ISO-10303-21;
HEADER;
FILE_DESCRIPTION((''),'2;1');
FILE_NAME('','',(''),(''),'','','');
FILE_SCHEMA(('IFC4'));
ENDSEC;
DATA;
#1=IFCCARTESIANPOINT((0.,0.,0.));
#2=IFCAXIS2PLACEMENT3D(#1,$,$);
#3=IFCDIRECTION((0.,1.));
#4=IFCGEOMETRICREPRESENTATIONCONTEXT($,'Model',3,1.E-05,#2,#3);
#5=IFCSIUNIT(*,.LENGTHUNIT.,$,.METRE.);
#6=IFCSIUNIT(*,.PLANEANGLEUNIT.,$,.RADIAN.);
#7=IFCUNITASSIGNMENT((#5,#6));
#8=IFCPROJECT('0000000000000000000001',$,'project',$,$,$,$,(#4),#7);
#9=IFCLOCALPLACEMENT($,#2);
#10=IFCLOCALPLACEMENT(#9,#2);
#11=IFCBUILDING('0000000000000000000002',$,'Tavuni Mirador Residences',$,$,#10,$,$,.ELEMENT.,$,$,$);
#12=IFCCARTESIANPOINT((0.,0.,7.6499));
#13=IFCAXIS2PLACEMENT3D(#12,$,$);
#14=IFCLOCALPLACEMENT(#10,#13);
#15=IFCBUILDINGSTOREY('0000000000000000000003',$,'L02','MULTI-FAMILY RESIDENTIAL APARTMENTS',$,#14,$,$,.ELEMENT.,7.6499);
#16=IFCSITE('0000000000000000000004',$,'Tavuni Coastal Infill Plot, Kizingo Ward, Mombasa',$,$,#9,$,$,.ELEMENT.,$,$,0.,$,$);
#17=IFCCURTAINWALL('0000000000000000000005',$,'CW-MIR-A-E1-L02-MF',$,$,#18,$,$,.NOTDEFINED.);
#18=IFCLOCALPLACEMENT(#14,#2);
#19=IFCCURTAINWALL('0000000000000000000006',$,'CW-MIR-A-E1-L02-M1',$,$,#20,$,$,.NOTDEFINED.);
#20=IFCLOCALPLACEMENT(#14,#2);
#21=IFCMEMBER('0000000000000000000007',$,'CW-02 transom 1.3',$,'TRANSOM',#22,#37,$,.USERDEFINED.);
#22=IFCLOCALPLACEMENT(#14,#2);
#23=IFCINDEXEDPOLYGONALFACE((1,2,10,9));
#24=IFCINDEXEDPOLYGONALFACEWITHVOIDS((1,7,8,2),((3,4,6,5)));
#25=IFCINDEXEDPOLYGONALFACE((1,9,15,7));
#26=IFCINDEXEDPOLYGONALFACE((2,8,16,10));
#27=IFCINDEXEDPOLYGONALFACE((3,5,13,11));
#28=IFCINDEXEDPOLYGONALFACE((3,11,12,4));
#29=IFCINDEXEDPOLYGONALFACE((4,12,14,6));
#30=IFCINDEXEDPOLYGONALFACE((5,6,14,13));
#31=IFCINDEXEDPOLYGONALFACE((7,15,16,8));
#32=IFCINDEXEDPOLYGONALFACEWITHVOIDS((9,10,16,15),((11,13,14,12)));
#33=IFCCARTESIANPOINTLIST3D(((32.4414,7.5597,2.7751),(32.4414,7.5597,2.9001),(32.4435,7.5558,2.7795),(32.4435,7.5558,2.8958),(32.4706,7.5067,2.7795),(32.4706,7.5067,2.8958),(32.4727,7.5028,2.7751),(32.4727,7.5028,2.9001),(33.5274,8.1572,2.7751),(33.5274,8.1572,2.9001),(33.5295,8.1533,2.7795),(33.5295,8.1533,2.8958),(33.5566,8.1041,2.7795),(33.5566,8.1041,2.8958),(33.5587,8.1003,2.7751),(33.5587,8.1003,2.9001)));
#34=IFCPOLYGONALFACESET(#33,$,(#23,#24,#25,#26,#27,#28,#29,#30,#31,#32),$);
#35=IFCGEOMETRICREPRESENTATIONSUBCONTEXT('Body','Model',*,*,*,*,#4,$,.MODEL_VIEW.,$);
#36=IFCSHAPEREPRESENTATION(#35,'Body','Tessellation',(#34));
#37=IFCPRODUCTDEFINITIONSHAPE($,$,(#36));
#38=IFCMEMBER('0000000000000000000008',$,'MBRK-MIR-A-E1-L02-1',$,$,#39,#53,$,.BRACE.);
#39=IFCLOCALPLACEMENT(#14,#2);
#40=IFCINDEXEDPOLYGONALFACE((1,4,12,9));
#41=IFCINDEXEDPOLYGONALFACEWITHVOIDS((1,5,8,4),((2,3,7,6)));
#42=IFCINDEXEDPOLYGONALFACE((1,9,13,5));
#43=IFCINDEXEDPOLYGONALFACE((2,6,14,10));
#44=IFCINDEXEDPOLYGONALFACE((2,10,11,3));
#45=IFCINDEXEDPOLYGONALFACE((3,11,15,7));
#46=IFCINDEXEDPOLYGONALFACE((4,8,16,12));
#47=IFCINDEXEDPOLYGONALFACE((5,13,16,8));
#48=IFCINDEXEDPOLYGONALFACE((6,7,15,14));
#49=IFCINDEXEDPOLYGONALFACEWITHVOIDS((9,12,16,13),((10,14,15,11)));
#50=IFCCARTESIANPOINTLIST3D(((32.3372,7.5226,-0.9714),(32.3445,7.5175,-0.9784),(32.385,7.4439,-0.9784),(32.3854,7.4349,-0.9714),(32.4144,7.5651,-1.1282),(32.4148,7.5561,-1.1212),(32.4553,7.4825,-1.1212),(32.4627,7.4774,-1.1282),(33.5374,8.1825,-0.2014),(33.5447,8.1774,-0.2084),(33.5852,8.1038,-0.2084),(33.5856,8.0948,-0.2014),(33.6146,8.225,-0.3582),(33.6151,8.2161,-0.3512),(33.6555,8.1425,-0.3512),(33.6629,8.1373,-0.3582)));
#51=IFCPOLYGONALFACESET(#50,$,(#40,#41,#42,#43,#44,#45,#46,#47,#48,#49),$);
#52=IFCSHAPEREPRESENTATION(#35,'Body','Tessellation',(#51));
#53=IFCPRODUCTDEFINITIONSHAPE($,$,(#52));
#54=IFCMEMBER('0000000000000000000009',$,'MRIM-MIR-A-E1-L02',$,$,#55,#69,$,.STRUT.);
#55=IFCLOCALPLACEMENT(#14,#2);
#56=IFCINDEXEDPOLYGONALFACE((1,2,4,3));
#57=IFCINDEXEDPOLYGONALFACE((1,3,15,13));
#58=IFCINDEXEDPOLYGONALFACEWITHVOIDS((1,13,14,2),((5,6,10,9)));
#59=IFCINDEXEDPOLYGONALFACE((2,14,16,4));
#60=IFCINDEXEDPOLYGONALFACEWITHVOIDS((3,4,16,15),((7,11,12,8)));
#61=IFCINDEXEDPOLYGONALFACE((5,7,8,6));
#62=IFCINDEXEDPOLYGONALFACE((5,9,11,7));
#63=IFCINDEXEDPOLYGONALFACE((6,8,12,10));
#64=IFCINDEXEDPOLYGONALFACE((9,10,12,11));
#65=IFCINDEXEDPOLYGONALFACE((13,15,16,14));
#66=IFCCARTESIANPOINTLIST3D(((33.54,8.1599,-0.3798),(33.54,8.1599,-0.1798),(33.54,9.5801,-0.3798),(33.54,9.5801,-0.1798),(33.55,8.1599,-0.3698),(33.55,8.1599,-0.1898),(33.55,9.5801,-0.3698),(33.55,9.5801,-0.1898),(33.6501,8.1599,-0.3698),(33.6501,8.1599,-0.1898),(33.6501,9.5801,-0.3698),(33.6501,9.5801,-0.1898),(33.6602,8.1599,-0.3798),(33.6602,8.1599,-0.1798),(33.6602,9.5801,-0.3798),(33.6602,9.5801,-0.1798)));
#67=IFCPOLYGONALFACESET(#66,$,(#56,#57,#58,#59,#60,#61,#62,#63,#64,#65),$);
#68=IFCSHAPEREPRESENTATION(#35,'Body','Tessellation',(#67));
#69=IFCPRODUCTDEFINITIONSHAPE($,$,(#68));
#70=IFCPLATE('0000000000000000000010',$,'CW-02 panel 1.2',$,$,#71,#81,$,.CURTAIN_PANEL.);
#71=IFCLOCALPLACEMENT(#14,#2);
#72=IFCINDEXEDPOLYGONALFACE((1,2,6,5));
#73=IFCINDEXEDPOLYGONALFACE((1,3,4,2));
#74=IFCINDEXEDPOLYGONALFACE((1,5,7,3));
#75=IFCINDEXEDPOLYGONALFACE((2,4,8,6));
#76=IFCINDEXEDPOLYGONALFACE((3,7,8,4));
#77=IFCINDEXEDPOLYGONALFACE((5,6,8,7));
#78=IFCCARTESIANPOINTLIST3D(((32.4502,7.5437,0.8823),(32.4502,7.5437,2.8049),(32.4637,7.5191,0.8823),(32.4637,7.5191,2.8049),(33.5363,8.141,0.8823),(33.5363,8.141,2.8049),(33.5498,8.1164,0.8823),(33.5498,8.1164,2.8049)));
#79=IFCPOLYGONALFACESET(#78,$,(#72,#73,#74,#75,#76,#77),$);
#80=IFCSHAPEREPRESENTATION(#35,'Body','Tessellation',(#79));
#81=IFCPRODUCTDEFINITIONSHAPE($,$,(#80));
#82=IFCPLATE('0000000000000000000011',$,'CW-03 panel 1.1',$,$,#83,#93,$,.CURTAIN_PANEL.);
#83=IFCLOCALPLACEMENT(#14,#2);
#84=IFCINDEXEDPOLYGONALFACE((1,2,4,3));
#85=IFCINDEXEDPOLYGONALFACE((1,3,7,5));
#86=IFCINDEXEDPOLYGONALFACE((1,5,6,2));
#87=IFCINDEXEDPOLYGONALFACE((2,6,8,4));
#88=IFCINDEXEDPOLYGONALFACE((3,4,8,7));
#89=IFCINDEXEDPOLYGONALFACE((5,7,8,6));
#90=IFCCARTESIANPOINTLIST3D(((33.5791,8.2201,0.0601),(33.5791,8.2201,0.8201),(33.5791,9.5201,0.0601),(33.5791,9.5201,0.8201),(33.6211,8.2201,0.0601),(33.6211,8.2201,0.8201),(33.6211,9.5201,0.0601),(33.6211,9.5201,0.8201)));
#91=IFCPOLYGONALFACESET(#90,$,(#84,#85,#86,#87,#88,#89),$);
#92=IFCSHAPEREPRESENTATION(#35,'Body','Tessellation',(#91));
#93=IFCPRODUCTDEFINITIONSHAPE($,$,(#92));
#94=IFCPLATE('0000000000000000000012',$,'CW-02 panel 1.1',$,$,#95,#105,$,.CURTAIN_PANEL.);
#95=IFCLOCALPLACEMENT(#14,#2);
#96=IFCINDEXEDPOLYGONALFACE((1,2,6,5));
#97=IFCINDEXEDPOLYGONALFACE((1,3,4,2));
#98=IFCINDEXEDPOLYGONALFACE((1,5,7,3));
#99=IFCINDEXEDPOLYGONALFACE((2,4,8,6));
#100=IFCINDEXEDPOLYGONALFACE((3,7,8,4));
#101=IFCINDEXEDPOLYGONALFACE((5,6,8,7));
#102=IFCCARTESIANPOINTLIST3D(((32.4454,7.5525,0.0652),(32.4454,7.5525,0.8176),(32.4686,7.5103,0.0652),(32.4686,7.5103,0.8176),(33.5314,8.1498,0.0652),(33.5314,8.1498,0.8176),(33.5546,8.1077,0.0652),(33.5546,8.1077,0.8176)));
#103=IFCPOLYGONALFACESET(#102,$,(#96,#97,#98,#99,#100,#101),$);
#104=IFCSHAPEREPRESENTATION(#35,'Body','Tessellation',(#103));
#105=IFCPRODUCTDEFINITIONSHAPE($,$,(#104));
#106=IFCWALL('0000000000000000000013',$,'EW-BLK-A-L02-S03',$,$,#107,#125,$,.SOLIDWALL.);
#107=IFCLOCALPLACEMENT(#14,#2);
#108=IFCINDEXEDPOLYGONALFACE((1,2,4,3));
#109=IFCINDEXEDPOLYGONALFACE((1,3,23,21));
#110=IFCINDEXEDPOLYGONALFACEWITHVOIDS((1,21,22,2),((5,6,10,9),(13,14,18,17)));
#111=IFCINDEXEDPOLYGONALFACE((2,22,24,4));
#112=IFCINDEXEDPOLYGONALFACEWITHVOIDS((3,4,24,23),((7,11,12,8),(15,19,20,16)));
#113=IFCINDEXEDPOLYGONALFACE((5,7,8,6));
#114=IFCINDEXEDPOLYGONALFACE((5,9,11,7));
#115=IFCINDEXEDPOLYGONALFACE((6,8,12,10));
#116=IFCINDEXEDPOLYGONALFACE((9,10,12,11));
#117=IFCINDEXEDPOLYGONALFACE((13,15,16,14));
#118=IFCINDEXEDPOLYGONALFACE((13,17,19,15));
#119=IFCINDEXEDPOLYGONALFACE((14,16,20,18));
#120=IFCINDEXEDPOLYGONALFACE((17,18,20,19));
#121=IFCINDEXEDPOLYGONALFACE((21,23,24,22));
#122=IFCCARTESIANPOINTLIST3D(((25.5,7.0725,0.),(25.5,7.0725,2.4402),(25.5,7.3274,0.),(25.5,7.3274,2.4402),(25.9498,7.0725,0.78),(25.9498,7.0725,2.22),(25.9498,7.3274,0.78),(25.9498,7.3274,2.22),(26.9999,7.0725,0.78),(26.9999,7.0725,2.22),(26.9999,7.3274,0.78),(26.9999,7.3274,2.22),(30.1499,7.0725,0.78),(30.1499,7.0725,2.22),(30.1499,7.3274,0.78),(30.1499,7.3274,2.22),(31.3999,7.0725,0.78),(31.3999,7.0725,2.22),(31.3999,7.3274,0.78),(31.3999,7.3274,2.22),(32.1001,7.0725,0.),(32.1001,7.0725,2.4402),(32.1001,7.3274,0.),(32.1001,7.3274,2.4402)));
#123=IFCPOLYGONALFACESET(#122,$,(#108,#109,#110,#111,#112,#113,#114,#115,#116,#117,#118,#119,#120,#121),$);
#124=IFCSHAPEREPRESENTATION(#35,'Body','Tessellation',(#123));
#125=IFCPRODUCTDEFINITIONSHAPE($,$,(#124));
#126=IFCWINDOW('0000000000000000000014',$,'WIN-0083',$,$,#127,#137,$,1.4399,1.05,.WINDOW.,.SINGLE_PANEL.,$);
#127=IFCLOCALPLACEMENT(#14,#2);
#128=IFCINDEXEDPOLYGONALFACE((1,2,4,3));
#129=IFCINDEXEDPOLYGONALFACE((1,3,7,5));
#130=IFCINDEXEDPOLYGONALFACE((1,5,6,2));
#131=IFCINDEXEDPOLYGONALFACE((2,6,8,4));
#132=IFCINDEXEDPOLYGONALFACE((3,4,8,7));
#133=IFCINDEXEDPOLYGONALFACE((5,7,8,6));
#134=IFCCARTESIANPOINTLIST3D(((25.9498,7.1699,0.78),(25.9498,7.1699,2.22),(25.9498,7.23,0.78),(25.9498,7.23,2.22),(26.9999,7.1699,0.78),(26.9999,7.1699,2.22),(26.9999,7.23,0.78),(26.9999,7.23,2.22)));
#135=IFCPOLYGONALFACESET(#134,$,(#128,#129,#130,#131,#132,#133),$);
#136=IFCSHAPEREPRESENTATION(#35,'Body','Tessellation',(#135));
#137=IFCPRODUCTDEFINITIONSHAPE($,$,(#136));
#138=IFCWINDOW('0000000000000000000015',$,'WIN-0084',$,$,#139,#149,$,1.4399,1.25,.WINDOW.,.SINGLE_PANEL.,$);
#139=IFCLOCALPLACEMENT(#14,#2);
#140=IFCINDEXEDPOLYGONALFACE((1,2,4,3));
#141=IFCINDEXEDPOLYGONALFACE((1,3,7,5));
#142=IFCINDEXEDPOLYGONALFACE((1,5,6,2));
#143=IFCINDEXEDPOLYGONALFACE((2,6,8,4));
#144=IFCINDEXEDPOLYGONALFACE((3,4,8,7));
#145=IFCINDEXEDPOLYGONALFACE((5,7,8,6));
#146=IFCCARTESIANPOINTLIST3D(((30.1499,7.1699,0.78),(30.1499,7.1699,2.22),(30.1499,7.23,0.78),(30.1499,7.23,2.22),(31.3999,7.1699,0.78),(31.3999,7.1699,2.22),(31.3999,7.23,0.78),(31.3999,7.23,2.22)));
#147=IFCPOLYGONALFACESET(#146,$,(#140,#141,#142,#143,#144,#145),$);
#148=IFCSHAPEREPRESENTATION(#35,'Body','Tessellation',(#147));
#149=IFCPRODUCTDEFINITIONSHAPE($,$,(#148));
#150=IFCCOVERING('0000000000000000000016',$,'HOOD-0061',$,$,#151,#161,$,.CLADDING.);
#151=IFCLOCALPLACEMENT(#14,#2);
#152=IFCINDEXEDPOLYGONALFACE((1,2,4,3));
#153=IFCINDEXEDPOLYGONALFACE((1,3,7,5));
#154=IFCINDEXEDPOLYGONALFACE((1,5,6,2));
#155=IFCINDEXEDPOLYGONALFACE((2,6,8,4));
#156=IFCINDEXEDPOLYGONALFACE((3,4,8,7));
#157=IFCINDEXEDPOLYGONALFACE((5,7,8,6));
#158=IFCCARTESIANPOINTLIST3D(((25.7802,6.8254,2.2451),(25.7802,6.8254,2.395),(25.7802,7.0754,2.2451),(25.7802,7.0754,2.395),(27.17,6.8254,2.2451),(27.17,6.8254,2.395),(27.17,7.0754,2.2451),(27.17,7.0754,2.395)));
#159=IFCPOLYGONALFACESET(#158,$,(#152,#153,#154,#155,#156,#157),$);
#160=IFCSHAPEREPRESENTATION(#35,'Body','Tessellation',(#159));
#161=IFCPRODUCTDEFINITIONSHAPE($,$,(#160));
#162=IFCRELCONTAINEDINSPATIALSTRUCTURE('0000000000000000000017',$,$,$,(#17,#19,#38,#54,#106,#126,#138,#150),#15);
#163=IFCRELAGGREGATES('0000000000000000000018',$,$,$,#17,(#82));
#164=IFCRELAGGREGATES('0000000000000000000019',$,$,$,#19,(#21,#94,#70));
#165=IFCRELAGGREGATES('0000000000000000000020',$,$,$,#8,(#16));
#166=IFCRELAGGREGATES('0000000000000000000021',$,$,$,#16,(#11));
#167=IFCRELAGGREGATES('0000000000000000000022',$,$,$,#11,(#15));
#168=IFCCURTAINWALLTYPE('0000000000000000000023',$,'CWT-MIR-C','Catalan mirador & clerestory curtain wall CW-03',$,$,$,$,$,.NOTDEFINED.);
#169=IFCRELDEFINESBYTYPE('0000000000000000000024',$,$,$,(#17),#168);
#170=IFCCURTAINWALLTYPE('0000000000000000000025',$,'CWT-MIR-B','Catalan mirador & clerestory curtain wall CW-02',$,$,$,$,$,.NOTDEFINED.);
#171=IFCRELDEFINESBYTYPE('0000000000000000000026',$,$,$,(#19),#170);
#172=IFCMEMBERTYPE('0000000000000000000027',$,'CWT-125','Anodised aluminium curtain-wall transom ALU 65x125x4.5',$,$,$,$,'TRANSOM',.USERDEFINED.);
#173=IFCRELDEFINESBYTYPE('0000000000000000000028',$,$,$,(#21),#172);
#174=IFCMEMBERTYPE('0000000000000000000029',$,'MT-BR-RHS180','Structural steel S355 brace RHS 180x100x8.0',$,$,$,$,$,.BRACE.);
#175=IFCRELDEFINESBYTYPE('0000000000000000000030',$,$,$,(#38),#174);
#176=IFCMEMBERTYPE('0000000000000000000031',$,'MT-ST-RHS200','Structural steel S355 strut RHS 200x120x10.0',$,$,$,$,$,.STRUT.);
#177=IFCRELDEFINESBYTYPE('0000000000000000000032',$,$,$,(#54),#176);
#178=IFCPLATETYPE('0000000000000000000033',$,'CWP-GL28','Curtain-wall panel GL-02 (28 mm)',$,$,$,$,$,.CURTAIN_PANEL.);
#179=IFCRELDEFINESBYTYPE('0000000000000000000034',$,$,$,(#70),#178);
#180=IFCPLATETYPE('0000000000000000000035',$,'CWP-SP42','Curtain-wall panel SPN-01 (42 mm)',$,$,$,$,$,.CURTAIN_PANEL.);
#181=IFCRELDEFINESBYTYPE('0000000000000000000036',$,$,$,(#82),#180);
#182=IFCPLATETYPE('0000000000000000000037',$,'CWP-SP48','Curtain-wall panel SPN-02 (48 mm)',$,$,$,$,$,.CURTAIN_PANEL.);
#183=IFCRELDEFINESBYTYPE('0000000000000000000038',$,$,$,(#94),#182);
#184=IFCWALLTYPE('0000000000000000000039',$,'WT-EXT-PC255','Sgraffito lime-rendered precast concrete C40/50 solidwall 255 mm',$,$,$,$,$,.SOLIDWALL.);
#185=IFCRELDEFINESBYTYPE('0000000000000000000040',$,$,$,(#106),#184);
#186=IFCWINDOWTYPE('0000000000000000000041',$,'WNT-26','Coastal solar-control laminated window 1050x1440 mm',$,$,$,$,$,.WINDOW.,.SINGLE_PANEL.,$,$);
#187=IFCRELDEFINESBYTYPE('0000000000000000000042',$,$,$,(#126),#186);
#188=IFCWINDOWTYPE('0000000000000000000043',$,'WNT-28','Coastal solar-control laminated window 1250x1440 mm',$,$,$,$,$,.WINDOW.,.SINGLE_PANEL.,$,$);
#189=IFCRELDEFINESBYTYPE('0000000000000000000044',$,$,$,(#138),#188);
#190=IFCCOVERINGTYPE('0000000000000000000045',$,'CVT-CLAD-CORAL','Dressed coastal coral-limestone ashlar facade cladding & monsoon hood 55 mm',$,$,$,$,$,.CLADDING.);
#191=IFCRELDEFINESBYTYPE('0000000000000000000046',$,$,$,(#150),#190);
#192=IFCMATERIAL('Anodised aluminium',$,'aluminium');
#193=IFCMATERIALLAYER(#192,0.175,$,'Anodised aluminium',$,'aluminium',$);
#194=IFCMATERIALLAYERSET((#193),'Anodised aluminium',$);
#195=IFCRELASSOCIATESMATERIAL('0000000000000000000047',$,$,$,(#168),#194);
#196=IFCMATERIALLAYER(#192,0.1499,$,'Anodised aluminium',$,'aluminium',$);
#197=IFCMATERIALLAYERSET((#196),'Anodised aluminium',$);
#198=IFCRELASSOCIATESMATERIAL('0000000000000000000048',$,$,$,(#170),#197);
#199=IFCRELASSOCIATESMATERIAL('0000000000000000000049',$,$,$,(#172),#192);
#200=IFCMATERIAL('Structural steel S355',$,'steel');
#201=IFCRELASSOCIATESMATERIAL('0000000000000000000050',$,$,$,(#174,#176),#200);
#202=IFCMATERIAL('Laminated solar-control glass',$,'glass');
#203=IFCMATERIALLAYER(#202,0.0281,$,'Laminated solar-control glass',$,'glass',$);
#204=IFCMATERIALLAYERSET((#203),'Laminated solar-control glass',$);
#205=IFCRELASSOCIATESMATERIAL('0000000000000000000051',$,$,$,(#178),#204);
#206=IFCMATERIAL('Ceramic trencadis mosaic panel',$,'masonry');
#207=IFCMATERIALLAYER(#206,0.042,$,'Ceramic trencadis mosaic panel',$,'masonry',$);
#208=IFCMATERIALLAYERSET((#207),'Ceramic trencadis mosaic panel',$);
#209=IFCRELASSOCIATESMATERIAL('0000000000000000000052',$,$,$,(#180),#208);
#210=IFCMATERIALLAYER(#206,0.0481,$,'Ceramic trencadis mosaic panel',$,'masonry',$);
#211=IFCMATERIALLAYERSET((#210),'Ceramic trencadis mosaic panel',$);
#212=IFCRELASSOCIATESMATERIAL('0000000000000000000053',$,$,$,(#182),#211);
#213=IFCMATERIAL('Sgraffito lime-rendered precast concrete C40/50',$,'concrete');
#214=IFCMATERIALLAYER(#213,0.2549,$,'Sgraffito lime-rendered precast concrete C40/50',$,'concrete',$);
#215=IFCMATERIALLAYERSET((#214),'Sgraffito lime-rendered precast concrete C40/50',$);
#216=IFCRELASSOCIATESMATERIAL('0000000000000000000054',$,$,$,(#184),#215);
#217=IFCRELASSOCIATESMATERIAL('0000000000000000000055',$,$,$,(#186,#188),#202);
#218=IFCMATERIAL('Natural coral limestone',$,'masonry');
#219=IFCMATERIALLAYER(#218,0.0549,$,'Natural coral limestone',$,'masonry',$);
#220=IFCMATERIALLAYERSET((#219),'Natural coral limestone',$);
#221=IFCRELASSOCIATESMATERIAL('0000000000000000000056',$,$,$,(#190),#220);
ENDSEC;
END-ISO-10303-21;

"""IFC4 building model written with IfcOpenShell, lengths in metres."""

from ifc_helpers import new_model, si_unit, direction, frame, frame_2d, origin, origin_2d, place, context, subcontext, project, spatial, rectangle, hollow_rectangle, extrude, material, layer, layer_set, material_profile, profile_set, type_object, element, fill, aggregate, save


model = new_model("IFC4")

# Units and contexts
model_context = context("Model", 3, precision=1e-05, world=origin(), true_north=direction((0.0, 1.0)))
body_context = subcontext(model_context, "Body", "Model", "MODEL_VIEW")
ifc_project = project(units=[si_unit("LENGTHUNIT", "METRE"), si_unit("PLANEANGLEUNIT", "RADIAN")], contexts=[model_context])

# Site, building, storey
site_placement = place(None, origin())
site = spatial("IfcSite", under=ifc_project, at=site_placement, Name="Tavuni Coastal Infill Plot, Kizingo Ward, Mombasa", CompositionType="ELEMENT", RefElevation=0.0)
building_placement = place(site_placement, origin())
building = spatial("IfcBuilding", under=site, at=building_placement, Name="Tavuni Mirador Residences", CompositionType="ELEMENT")
storey_placement = place(building_placement, frame((0.0, 0.0, 7.6499)))
storey = spatial("IfcBuildingStorey", under=building, at=storey_placement, Name="L02", Description="MULTI-FAMILY RESIDENTIAL APARTMENTS", CompositionType="ELEMENT", Elevation=7.6499)

# Curtain wall
ifc_material_1 = material(Name="Anodised aluminium", Category="aluminium")
ifc_layer_1 = layer(ifc_material_1, 0.175, Name="Anodised aluminium", Category="aluminium")
ifc_layer_set_1 = layer_set([ifc_layer_1], Name="Anodised aluminium")
curtain_wall_type_1 = type_object("IfcCurtainWallType", Name="CWT-MIR-C", Description="Catalan mirador & clerestory curtain wall CW-03", PredefinedType="NOTDEFINED", material=ifc_layer_set_1)
curtain_wall_1_placement = place(storey_placement, origin())
curtain_wall_1 = element("IfcCurtainWall", 1, at=curtain_wall_1_placement, inside=storey, type_object=curtain_wall_type_1, Name="CW-MIR-A-E1-L02-MF", PredefinedType="NOTDEFINED")

# Curtain wall
ifc_layer_2 = layer(ifc_material_1, 0.1499, Name="Anodised aluminium", Category="aluminium")
ifc_layer_set_2 = layer_set([ifc_layer_2], Name="Anodised aluminium")
curtain_wall_type_2 = type_object("IfcCurtainWallType", Name="CWT-MIR-B", Description="Catalan mirador & clerestory curtain wall CW-02", PredefinedType="NOTDEFINED", material=ifc_layer_set_2)
curtain_wall_2_placement = place(storey_placement, origin())
curtain_wall_2 = element("IfcCurtainWall", 2, at=curtain_wall_2_placement, inside=storey, type_object=curtain_wall_type_2, Name="CW-MIR-A-E1-L02-M1", PredefinedType="NOTDEFINED")

# Member
ifc_material_profile_1 = material_profile(ifc_material_1, hollow_rectangle(XDim=0.0649, YDim=0.125, WallThickness=0.0044, at=origin_2d()), Name="ALU 65x125x4.5", Category="aluminium")
ifc_profile_set_1 = profile_set([ifc_material_profile_1], Name="Anodised aluminium")
member_type_1 = type_object("IfcMemberType", Name="CWT-125", Description="Anodised aluminium curtain-wall transom ALU 65x125x4.5", ElementType="TRANSOM", PredefinedType="USERDEFINED", material=ifc_profile_set_1)
member_1_placement = place(storey_placement, frame((32.457, 7.5312, 2.8376), z_axis=(0.876166, 0.482009, 0.0), x_axis=(-0.482009, 0.876166, 0.0)))
member_1 = element("IfcMember", 3, at=member_1_placement, type_object=member_type_1, Name="CW-02 transom 1.3", ObjectType="TRANSOM", PredefinedType="USERDEFINED", context=body_context, shape_type="SweptSolid", body=[
    extrude(hollow_rectangle(XDim=0.0649, YDim=0.125, WallThickness=0.0044, at=origin_2d()), origin(), (0.0, 0.0, 1.0), 1.2395),
])

# Members
ifc_material_2 = material(Name="Structural steel S355", Category="steel")
ifc_material_profile_2 = material_profile(ifc_material_2, hollow_rectangle(XDim=0.1001, YDim=0.1799, WallThickness=0.0081, at=origin_2d()), Name="RHS 180x100x8.0", Category="steel")
ifc_profile_set_2 = profile_set([ifc_material_profile_2], Name="Structural steel S355")
member_type_2 = type_object("IfcMemberType", Name="MT-BR-RHS180", Description="Structural steel S355 brace RHS 180x100x8.0", PredefinedType="BRACE", material=ifc_profile_set_2)
member_2_placement = place(storey_placement, frame((32.3999, 7.5, -1.0498), z_axis=(0.763839, 0.419987, 0.490063), x_axis=(-0.481809, 0.876276, 0.0)))
element("IfcMember", 4, at=member_2_placement, inside=storey, type_object=member_type_2, Name="MBRK-MIR-A-E1-L02-1", PredefinedType="BRACE", context=body_context, shape_type="SweptSolid", body=[
    extrude(hollow_rectangle(XDim=0.1001, YDim=0.1799, WallThickness=0.0081, at=origin_2d()), origin(), (0.0, 0.0, 1.0), 1.5713),
])
ifc_material_profile_3 = material_profile(ifc_material_2, hollow_rectangle(XDim=0.1201, YDim=0.2, WallThickness=0.01, at=origin_2d()), Name="RHS 200x120x10.0", Category="steel")
ifc_profile_set_3 = profile_set([ifc_material_profile_3], Name="Structural steel S355")
member_type_3 = type_object("IfcMemberType", Name="MT-ST-RHS200", Description="Structural steel S355 strut RHS 200x120x10.0", PredefinedType="STRUT", material=ifc_profile_set_3)
member_3_placement = place(storey_placement, frame((33.6001, 8.1599, -0.2798), z_axis=(0.0, 1.0, 0.0), x_axis=(-1.0, 0.0, 0.0)))
element("IfcMember", 5, at=member_3_placement, inside=storey, type_object=member_type_3, Name="MRIM-MIR-A-E1-L02", PredefinedType="STRUT", context=body_context, shape_type="SweptSolid", body=[
    extrude(hollow_rectangle(XDim=0.1201, YDim=0.2, WallThickness=0.01, at=origin_2d()), origin(), (0.0, 0.0, 1.0), 1.4202),
])

# Plates
ifc_material_3 = material(Name="Laminated solar-control glass", Category="glass")
ifc_layer_3 = layer(ifc_material_3, 0.0281, Name="Laminated solar-control glass", Category="glass")
ifc_layer_set_3 = layer_set([ifc_layer_3], Name="Laminated solar-control glass")
plate_type_1 = type_object("IfcPlateType", Name="CWP-GL28", Description="Curtain-wall panel GL-02 (28 mm)", PredefinedType="CURTAIN_PANEL", material=ifc_layer_set_3)
plate_1_placement = place(storey_placement, frame((33.0, 7.8301, 0.8823), z_axis=(0.0, 0.0, 1.0), x_axis=(0.876216, 0.481919, 0.0)))
plate_1 = element("IfcPlate", 6, at=plate_1_placement, type_object=plate_type_1, Name="CW-02 panel 1.2", PredefinedType="CURTAIN_PANEL", context=body_context, shape_type="SweptSolid", body=[
    extrude(rectangle(XDim=1.2395, YDim=0.0281, at=origin_2d()), origin(), (0.0, 0.0, 1.0), 1.9226),
])
ifc_material_4 = material(Name="Ceramic trencadis mosaic panel", Category="masonry")
ifc_layer_4 = layer(ifc_material_4, 0.042, Name="Ceramic trencadis mosaic panel", Category="masonry")
ifc_layer_set_4 = layer_set([ifc_layer_4], Name="Ceramic trencadis mosaic panel")
plate_type_2 = type_object("IfcPlateType", Name="CWP-SP42", Description="Curtain-wall panel SPN-01 (42 mm)", PredefinedType="CURTAIN_PANEL", material=ifc_layer_set_4)
plate_2_placement = place(storey_placement, frame((33.6001, 8.8701, 0.0601), z_axis=(0.0, 0.0, 1.0), x_axis=(0.0, 1.0, 0.0)))
plate_2 = element("IfcPlate", 7, at=plate_2_placement, type_object=plate_type_2, Name="CW-03 panel 1.1", PredefinedType="CURTAIN_PANEL", context=body_context, shape_type="SweptSolid", body=[
    extrude(rectangle(XDim=1.3, YDim=0.042, at=origin_2d()), origin(), (0.0, 0.0, 1.0), 0.76),
])
aggregate(curtain_wall_1, [plate_2])
ifc_layer_5 = layer(ifc_material_4, 0.0481, Name="Ceramic trencadis mosaic panel", Category="masonry")
ifc_layer_set_5 = layer_set([ifc_layer_5], Name="Ceramic trencadis mosaic panel")
plate_type_3 = type_object("IfcPlateType", Name="CWP-SP48", Description="Curtain-wall panel SPN-02 (48 mm)", PredefinedType="CURTAIN_PANEL", material=ifc_layer_set_5)
plate_3_placement = place(storey_placement, frame((33.0, 7.8301, 0.0652), z_axis=(0.0, 0.0, 1.0), x_axis=(0.876216, 0.481919, 0.0)))
plate_3 = element("IfcPlate", 8, at=plate_3_placement, type_object=plate_type_3, Name="CW-02 panel 1.1", PredefinedType="CURTAIN_PANEL", context=body_context, shape_type="SweptSolid", body=[
    extrude(rectangle(XDim=1.2395, YDim=0.0481, at=origin_2d()), origin(), (0.0, 0.0, 1.0), 0.7524),
])
aggregate(curtain_wall_2, [member_1, plate_3, plate_1])

# Wall, openings, windows
ifc_material_5 = material(Name="Sgraffito lime-rendered precast concrete C40/50", Category="concrete")
ifc_layer_6 = layer(ifc_material_5, 0.2549, Name="Sgraffito lime-rendered precast concrete C40/50", Category="concrete")
ifc_layer_set_6 = layer_set([ifc_layer_6], Name="Sgraffito lime-rendered precast concrete C40/50")
wall_type = type_object("IfcWallType", Name="WT-EXT-PC255", Description="Sgraffito lime-rendered precast concrete C40/50 solidwall 255 mm", PredefinedType="SOLIDWALL", material=ifc_layer_set_6)
wall_placement = place(storey_placement, frame((25.5, 7.2, 0.0), z_axis=(0.0, 0.0, 1.0), x_axis=(1.0, 0.0, 0.0)))
wall = element("IfcWall", 9, at=wall_placement, inside=storey, type_object=wall_type, Name="EW-BLK-A-L02-S03", PredefinedType="SOLIDWALL", context=body_context, shape_type="SweptSolid", body=[
    extrude(rectangle(XDim=6.6001, YDim=0.2549, at=frame_2d((3.3, 0.0))), origin(), (0.0, 0.0, 1.0), 2.4402),
])
opening_1_placement = place(wall_placement, frame((0.45, 0.0, 0.78)))
opening_1 = element("IfcOpeningElement", 10, at=opening_1_placement, cuts=wall, PredefinedType="OPENING", context=body_context, shape_type="SweptSolid", body=[
    extrude(rectangle(XDim=1.05, YDim=1.4399, at=frame_2d((0.5249, 0.72))), frame((0.0, 0.1375, 0.0), z_axis=(0.0, -1.0, 0.0), x_axis=(1.0, 0.0, 0.0)), (0.0, 0.0, 1.0), 0.2749),
])
opening_2_placement = place(wall_placement, frame((4.6499, 0.0, 0.78)))
opening_2 = element("IfcOpeningElement", 11, at=opening_2_placement, cuts=wall, PredefinedType="OPENING", context=body_context, shape_type="SweptSolid", body=[
    extrude(rectangle(XDim=1.25, YDim=1.4399, at=frame_2d((0.625, 0.72))), frame((0.0, 0.1375, 0.0), z_axis=(0.0, -1.0, 0.0), x_axis=(1.0, 0.0, 0.0)), (0.0, 0.0, 1.0), 0.2749),
])
window_type_1 = type_object("IfcWindowType", Name="WNT-26", Description="Coastal solar-control laminated window 1050x1440 mm", PartitioningType="SINGLE_PANEL", PredefinedType="WINDOW", material=ifc_material_3)
window_1_placement = place(opening_1_placement, origin())
window_1 = element("IfcWindow", 12, at=window_1_placement, inside=storey, type_object=window_type_1, Name="WIN-0083", OverallHeight=1.4399, OverallWidth=1.05, PartitioningType="SINGLE_PANEL", PredefinedType="WINDOW", context=body_context, shape_type="SweptSolid", body=[
    extrude(rectangle(XDim=1.05, YDim=1.4399, at=frame_2d((0.5249, 0.72))), frame((0.0, 0.03, 0.0), z_axis=(0.0, -1.0, 0.0), x_axis=(1.0, 0.0, 0.0)), (0.0, 0.0, 1.0), 0.0601),
])
fill(opening_1, window_1)
window_type_2 = type_object("IfcWindowType", Name="WNT-28", Description="Coastal solar-control laminated window 1250x1440 mm", PartitioningType="SINGLE_PANEL", PredefinedType="WINDOW", material=ifc_material_3)
window_2_placement = place(opening_2_placement, origin())
window_2 = element("IfcWindow", 13, at=window_2_placement, inside=storey, type_object=window_type_2, Name="WIN-0084", OverallHeight=1.4399, OverallWidth=1.25, PartitioningType="SINGLE_PANEL", PredefinedType="WINDOW", context=body_context, shape_type="SweptSolid", body=[
    extrude(rectangle(XDim=1.25, YDim=1.4399, at=frame_2d((0.625, 0.72))), frame((0.0, 0.03, 0.0), z_axis=(0.0, -1.0, 0.0), x_axis=(1.0, 0.0, 0.0)), (0.0, 0.0, 1.0), 0.0601),
])
fill(opening_2, window_2)

# Covering
ifc_material_6 = material(Name="Natural coral limestone", Category="masonry")
ifc_layer_7 = layer(ifc_material_6, 0.0549, Name="Natural coral limestone", Category="masonry")
ifc_layer_set_7 = layer_set([ifc_layer_7], Name="Natural coral limestone")
covering_type = type_object("IfcCoveringType", Name="CVT-CLAD-CORAL", Description="Dressed coastal coral-limestone ashlar facade cladding & monsoon hood 55 mm", PredefinedType="CLADDING", material=ifc_layer_set_7)
covering_1_placement = place(storey_placement, frame((26.4751, 6.9504, 2.2451), z_axis=(0.0, 0.0, 1.0), x_axis=(1.0, 0.0, 0.0)))
element("IfcCovering", 14, at=covering_1_placement, inside=storey, type_object=covering_type, Name="HOOD-0061", PredefinedType="CLADDING", context=body_context, shape_type="SweptSolid", body=[
    extrude(rectangle(XDim=1.3899, YDim=0.25, at=origin_2d()), origin(), (0.0, 0.0, 1.0), 0.1499),
])

save(model, "model.ifc")
